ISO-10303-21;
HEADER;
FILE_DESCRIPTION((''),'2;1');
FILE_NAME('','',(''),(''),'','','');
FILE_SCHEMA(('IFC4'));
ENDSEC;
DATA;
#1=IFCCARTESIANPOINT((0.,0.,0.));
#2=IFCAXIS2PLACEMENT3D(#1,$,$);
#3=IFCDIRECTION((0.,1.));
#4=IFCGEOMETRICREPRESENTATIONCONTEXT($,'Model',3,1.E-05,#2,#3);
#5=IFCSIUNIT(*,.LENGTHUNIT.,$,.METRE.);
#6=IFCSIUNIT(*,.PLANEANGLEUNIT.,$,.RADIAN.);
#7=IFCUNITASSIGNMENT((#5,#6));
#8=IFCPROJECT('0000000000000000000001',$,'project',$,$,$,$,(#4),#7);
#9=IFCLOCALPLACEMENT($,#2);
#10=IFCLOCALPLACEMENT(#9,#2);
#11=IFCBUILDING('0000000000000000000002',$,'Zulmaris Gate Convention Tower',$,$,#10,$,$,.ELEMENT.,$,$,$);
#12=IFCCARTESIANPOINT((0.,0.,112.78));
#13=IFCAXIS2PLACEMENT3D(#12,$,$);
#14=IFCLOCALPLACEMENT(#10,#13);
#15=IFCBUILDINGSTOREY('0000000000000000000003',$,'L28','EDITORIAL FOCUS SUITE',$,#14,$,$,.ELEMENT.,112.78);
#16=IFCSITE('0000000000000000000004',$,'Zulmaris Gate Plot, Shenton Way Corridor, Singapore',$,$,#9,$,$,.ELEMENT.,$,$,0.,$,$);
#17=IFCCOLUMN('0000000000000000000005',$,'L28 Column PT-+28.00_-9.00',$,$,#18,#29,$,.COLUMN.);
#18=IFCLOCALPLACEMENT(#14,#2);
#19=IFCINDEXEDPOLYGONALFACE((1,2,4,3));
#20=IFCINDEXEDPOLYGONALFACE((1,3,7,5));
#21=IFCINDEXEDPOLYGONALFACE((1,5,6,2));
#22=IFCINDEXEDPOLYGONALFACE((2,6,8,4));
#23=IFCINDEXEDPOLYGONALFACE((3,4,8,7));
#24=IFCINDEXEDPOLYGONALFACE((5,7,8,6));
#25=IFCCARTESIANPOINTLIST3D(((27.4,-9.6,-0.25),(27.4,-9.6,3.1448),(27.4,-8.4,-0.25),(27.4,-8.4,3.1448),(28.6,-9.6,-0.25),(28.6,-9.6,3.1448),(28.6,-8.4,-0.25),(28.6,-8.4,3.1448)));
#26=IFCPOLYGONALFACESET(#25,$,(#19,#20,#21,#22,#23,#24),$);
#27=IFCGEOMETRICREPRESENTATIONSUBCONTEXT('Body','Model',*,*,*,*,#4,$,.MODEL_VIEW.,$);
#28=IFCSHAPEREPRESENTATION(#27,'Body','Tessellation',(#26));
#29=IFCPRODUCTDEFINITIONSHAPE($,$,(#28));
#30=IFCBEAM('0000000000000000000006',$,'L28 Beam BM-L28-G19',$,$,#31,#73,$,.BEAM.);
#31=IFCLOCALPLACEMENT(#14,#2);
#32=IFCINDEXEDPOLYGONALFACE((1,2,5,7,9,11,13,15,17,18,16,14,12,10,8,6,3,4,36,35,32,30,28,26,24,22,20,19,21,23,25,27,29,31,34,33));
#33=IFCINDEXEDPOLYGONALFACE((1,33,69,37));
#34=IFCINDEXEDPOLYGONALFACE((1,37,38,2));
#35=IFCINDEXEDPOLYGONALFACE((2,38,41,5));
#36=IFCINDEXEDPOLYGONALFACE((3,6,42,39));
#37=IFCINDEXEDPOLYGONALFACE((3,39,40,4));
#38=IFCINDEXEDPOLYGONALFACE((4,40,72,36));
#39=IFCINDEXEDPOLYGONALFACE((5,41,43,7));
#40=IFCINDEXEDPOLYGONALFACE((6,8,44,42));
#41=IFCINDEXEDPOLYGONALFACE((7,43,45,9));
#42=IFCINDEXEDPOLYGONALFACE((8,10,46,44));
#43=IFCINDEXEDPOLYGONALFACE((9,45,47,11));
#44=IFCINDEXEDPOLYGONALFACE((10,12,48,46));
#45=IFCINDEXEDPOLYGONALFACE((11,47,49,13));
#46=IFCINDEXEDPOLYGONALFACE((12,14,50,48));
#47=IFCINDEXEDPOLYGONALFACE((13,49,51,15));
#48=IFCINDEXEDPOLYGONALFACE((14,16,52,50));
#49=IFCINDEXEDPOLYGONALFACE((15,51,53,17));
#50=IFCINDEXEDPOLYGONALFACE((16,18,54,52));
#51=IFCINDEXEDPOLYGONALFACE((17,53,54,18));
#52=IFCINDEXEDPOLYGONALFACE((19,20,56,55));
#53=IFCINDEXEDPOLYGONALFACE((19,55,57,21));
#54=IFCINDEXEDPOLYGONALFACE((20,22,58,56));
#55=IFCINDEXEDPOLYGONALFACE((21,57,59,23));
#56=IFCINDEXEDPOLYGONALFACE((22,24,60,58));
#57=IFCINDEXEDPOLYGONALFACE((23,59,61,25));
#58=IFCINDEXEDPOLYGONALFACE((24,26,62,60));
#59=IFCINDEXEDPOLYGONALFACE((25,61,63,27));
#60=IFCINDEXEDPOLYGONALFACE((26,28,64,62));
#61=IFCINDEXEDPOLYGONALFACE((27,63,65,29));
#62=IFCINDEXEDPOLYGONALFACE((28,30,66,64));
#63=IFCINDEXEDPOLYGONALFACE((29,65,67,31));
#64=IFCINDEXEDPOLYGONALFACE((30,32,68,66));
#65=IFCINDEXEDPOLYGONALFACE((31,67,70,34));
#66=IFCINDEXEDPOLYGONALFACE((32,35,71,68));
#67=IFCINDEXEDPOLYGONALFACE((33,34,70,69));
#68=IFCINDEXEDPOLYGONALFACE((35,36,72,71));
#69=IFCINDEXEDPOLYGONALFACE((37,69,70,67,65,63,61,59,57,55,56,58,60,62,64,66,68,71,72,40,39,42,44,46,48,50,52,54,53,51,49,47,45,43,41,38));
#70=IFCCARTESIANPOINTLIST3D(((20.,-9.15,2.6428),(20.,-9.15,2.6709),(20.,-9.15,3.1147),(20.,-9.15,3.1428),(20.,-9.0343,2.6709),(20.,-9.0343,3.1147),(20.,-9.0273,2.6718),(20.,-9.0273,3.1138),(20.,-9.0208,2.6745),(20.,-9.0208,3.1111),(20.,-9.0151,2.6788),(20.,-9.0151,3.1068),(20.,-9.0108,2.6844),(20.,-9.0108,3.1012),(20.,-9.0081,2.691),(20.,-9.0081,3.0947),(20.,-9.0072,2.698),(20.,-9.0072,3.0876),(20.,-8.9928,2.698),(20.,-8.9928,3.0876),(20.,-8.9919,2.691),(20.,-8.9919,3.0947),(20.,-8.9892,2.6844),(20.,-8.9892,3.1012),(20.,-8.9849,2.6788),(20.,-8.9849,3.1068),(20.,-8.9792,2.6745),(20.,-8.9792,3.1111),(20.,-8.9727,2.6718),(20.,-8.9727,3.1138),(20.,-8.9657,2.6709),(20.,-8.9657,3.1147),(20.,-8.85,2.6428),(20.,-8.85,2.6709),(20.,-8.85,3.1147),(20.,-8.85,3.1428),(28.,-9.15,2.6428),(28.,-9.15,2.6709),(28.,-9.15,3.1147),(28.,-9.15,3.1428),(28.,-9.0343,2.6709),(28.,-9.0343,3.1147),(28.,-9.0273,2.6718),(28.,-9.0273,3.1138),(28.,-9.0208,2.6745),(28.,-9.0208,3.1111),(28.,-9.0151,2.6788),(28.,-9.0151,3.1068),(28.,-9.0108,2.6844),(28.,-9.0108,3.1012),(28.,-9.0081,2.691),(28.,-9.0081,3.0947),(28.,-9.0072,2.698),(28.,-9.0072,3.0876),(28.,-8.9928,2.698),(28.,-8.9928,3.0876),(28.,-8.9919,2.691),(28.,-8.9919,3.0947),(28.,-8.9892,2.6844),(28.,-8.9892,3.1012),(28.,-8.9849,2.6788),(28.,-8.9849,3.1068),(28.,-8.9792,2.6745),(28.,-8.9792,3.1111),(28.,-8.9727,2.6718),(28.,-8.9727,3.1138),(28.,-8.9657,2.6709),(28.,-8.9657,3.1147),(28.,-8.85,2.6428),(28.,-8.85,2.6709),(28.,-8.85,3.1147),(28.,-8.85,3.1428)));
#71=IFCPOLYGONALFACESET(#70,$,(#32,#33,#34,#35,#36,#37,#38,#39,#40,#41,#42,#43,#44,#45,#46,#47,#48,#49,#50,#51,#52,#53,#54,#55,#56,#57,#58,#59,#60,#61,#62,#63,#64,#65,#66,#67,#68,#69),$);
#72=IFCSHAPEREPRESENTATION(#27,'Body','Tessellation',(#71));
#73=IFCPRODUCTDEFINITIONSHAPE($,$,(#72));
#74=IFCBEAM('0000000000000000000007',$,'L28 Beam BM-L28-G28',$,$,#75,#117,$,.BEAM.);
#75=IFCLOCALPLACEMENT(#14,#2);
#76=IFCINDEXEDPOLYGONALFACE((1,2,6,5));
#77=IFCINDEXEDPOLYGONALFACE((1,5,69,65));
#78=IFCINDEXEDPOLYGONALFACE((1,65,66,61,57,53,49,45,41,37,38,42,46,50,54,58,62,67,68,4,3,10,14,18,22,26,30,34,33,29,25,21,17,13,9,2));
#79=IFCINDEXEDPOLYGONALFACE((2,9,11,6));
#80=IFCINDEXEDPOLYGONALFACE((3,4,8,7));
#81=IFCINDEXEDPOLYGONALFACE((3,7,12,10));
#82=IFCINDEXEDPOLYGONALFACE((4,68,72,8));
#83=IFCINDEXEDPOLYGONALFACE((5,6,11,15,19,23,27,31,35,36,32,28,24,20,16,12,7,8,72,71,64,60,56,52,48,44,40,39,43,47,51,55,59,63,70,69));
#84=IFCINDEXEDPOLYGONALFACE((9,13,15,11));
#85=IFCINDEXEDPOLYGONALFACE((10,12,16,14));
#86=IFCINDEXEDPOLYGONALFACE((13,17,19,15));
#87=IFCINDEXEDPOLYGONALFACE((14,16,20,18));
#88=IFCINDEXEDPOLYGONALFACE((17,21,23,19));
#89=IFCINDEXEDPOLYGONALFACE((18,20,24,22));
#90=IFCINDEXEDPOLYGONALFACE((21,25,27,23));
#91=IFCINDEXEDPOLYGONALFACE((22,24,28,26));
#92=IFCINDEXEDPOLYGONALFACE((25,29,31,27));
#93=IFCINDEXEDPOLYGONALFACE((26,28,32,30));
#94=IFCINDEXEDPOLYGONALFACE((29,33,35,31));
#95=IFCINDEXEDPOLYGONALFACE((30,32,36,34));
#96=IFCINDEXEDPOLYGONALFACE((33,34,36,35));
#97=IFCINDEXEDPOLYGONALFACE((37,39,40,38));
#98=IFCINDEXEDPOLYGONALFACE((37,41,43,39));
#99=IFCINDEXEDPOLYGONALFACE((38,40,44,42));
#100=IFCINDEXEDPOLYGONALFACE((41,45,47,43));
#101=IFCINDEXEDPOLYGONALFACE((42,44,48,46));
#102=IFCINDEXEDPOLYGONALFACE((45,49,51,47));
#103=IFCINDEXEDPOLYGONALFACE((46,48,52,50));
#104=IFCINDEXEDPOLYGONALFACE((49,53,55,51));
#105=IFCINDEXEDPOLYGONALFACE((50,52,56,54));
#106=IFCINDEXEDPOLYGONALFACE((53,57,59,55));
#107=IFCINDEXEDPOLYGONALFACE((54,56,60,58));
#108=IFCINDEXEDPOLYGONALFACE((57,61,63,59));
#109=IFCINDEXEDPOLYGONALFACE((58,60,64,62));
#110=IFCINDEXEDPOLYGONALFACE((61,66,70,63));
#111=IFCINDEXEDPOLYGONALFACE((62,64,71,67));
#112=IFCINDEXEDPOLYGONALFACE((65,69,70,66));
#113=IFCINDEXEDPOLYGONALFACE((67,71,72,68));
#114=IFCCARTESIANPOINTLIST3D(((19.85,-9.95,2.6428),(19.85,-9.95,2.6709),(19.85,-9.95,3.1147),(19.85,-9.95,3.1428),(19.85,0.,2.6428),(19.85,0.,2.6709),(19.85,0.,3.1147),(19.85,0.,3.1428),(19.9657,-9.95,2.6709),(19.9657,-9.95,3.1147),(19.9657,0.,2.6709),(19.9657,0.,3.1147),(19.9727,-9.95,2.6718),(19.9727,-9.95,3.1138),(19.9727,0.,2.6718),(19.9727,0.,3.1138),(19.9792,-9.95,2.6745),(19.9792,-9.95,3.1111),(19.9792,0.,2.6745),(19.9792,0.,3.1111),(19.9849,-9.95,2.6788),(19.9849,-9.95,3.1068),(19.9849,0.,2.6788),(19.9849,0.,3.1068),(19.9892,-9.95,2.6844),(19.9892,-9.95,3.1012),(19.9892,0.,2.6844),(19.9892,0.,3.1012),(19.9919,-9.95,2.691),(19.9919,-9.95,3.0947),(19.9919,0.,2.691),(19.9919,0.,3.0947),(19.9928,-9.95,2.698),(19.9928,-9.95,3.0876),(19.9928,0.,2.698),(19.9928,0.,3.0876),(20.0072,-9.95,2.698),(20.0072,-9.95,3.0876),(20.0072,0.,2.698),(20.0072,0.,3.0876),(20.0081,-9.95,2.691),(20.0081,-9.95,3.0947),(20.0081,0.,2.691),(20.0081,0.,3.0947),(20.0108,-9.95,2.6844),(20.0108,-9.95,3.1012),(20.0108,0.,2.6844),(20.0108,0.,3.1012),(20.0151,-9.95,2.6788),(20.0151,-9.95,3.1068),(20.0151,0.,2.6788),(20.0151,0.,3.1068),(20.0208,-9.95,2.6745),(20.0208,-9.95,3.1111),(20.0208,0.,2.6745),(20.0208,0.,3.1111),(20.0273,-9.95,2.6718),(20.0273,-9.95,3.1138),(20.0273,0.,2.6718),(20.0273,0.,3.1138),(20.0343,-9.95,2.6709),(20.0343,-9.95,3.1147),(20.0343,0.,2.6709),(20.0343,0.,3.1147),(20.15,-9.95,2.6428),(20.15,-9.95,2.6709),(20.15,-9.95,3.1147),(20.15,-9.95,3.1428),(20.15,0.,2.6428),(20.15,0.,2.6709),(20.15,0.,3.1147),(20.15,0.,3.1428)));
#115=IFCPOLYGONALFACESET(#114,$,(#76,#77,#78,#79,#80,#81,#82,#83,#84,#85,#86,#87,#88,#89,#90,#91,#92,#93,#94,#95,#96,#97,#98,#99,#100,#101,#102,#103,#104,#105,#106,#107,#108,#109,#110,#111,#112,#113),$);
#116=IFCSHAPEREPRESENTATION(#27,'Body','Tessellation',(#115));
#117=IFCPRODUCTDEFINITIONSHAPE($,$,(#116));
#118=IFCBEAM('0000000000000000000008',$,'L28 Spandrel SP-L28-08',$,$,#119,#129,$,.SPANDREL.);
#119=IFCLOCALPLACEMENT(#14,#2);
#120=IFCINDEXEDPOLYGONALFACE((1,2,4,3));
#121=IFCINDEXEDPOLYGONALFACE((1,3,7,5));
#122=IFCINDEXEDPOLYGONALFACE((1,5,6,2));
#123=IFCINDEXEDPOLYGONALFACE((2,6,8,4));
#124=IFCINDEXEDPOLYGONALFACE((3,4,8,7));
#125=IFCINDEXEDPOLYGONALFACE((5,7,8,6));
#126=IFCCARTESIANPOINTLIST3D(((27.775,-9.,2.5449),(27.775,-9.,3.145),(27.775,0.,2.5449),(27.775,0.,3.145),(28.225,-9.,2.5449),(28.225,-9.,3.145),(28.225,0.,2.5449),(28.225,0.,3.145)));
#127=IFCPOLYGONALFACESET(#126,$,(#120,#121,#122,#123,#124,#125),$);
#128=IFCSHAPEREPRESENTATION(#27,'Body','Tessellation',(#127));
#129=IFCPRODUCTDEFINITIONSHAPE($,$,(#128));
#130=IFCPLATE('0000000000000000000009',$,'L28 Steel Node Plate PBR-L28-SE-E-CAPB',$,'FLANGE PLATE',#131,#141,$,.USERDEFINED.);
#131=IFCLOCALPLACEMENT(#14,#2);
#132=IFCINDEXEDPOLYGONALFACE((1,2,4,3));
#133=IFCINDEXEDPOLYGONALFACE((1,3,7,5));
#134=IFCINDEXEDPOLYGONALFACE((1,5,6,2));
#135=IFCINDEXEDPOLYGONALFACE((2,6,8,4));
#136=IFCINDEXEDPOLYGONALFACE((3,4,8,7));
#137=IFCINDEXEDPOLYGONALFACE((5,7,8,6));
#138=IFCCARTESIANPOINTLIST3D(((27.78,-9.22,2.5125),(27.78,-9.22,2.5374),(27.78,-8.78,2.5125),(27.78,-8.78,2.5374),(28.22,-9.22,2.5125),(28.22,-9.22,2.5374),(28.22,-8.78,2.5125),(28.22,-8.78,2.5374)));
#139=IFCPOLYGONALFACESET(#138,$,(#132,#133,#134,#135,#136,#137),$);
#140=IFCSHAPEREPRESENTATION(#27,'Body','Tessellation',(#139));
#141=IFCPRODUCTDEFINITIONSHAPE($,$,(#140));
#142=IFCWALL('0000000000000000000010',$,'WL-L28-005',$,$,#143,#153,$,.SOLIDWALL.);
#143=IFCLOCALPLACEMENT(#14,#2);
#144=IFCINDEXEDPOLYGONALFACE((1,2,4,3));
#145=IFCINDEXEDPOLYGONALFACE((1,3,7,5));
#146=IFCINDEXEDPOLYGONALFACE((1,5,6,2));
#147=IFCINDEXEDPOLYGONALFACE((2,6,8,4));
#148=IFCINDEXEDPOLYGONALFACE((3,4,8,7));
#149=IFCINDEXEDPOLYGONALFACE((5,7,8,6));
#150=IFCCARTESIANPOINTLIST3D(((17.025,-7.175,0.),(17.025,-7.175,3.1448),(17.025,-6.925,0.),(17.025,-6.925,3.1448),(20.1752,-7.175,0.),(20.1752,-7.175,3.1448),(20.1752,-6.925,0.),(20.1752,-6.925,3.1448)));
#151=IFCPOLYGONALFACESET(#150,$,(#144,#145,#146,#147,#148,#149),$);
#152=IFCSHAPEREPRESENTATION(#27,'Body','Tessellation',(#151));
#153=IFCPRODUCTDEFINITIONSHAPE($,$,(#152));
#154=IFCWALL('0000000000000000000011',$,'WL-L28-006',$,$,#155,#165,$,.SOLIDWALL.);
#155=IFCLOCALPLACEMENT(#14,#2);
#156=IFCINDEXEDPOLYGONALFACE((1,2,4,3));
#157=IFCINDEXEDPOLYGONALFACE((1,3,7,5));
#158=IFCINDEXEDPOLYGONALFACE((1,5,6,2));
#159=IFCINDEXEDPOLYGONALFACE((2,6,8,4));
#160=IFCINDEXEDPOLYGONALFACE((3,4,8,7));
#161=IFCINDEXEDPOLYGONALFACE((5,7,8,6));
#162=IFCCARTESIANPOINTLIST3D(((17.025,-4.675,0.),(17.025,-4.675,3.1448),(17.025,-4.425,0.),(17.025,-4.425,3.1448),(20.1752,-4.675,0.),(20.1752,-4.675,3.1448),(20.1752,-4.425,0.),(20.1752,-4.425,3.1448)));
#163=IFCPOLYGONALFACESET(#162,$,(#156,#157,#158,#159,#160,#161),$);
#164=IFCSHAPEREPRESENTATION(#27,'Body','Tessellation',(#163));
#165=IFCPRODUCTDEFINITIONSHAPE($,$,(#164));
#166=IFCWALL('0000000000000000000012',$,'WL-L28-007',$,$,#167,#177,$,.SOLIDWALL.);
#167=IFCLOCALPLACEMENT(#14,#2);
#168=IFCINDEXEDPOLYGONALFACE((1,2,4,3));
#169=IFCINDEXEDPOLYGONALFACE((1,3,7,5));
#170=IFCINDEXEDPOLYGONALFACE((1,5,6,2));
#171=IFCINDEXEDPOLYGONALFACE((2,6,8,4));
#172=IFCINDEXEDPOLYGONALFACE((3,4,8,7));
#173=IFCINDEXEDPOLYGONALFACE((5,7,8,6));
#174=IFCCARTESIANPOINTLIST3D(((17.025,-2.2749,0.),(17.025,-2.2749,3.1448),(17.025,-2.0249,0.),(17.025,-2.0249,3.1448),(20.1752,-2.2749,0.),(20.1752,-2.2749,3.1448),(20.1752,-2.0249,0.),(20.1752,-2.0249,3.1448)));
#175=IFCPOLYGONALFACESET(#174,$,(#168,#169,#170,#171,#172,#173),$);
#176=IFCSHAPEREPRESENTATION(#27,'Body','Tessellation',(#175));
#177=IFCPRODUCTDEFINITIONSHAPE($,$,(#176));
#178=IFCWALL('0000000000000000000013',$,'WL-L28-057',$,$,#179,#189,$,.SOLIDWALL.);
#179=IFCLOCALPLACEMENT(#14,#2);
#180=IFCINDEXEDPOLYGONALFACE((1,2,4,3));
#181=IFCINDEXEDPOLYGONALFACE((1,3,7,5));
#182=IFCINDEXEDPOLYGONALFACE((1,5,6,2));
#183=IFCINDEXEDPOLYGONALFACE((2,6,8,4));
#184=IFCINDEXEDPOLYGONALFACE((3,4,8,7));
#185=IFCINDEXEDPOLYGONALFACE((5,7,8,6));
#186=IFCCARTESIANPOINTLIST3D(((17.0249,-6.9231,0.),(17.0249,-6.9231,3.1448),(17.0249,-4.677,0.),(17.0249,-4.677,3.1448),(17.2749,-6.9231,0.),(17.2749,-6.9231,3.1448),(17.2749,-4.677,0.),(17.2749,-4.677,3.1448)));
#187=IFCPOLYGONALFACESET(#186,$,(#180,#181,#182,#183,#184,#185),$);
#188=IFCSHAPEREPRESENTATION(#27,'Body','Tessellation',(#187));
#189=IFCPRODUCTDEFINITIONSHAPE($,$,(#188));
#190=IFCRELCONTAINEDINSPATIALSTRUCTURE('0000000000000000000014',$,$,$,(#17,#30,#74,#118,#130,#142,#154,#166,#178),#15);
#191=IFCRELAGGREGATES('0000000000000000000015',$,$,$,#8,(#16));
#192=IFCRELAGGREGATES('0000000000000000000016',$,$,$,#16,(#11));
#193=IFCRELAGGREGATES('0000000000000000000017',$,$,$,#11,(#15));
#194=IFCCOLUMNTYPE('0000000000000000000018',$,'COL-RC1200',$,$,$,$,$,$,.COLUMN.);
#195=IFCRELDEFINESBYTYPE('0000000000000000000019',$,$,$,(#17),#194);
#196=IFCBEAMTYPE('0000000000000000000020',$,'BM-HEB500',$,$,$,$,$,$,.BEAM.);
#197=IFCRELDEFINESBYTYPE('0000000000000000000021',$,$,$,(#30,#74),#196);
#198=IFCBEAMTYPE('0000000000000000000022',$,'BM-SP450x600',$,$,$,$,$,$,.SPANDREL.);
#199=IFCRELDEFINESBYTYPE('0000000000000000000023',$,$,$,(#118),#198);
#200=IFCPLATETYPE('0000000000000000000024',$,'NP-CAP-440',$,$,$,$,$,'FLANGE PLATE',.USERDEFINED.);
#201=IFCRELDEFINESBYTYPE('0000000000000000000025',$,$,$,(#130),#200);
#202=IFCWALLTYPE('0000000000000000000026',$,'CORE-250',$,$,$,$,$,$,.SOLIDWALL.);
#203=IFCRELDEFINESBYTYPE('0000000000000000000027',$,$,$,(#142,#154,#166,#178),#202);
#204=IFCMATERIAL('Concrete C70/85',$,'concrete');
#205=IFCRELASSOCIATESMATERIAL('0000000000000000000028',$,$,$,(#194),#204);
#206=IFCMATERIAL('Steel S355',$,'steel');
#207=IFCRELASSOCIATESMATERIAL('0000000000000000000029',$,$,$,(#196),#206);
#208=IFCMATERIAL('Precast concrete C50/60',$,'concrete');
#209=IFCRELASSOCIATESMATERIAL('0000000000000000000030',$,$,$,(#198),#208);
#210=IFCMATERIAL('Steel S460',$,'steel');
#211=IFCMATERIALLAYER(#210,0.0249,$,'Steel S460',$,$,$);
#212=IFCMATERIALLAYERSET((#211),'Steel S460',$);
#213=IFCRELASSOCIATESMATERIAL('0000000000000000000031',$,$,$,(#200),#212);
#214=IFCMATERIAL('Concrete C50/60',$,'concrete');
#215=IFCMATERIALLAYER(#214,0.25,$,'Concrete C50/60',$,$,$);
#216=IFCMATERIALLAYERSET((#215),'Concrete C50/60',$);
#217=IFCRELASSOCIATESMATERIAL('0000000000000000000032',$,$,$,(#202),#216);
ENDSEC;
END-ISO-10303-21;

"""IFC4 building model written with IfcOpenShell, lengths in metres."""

from ifc_helpers import new_model, si_unit, direction, frame, frame_2d, origin, origin_2d, place, context, subcontext, project, spatial, rectangle, i_section, extrude, material, layer, layer_set, material_profile, profile_set, type_object, element, save


model = new_model("IFC4")

# Units and contexts
model_context = context("Model", 3, precision=1e-05, world=origin(), true_north=direction((0.0, 1.0)))
body_context = subcontext(model_context, "Body", "Model", "MODEL_VIEW")
ifc_project = project(units=[si_unit("LENGTHUNIT", "METRE"), si_unit("PLANEANGLEUNIT", "RADIAN")], contexts=[model_context])

# Site, building, storey
site_placement = place(None, origin())
site = spatial("IfcSite", under=ifc_project, at=site_placement, Name="Zulmaris Gate Plot, Shenton Way Corridor, Singapore", CompositionType="ELEMENT", RefElevation=0.0)
building_placement = place(site_placement, origin())
building = spatial("IfcBuilding", under=site, at=building_placement, Name="Zulmaris Gate Convention Tower", CompositionType="ELEMENT")
storey_placement = place(building_placement, frame((0.0, 0.0, 112.78)))
storey = spatial("IfcBuildingStorey", under=building, at=storey_placement, Name="L28", Description="EDITORIAL FOCUS SUITE", CompositionType="ELEMENT", Elevation=112.78)

# Column
ifc_material_1 = material(Name="Concrete C70/85", Category="concrete")
ifc_material_profile_1 = material_profile(ifc_material_1, rectangle(XDim=1.2, YDim=1.2, at=origin_2d()), Name="RC COL 1200x1200")
ifc_profile_set_1 = profile_set([ifc_material_profile_1], Name="Concrete C70/85")
column_type = type_object("IfcColumnType", Name="COL-RC1200", PredefinedType="COLUMN", material=ifc_profile_set_1)
column_placement = place(storey_placement, frame((28.0, -9.0, -0.25), z_axis=(0.0, 0.0, 1.0), x_axis=(1.0, 0.0, 0.0)))
element("IfcColumn", 1, at=column_placement, inside=storey, type_object=column_type, Name="L28 Column PT-+28.00_-9.00", PredefinedType="COLUMN", context=body_context, shape_type="SweptSolid", body=[
    extrude(rectangle(XDim=1.2, YDim=1.2, at=origin_2d()), origin(), (0.0, 0.0, 1.0), 3.3948),
])

# Beams
ifc_material_2 = material(Name="Steel S355", Category="steel")
ifc_material_profile_2 = material_profile(ifc_material_2, i_section(OverallWidth=0.3, OverallDepth=0.5, WebThickness=0.0144, FlangeThickness=0.0281, FilletRadius=0.0271, at=origin_2d()), Name="HEB 500")
ifc_profile_set_2 = profile_set([ifc_material_profile_2], Name="Steel S355")
beam_type_1 = type_object("IfcBeamType", Name="BM-HEB500", PredefinedType="BEAM", material=ifc_profile_set_2)
beam_1_placement = place(storey_placement, frame((20.0, -9.0, 2.8928), z_axis=(1.0, 0.0, 0.0), x_axis=(0.0, 1.0, 0.0)))
element("IfcBeam", 2, at=beam_1_placement, inside=storey, type_object=beam_type_1, Name="L28 Beam BM-L28-G19", PredefinedType="BEAM", context=body_context, shape_type="SweptSolid", body=[
    extrude(i_section(OverallWidth=0.3, OverallDepth=0.5, WebThickness=0.0144, FlangeThickness=0.0281, FilletRadius=0.0271, at=origin_2d()), origin(), (0.0, 0.0, 1.0), 8.0),
])
beam_2_placement = place(storey_placement, frame((20.0, -9.95, 2.8928), z_axis=(0.0, 1.0, 0.0), x_axis=(-1.0, 0.0, 0.0)))
element("IfcBeam", 3, at=beam_2_placement, inside=storey, type_object=beam_type_1, Name="L28 Beam BM-L28-G28", PredefinedType="BEAM", context=body_context, shape_type="SweptSolid", body=[
    extrude(i_section(OverallWidth=0.3, OverallDepth=0.5, WebThickness=0.0144, FlangeThickness=0.0281, FilletRadius=0.0271, at=origin_2d()), origin(), (0.0, 0.0, 1.0), 9.95),
])
ifc_material_3 = material(Name="Precast concrete C50/60", Category="concrete")
ifc_material_profile_3 = material_profile(ifc_material_3, rectangle(XDim=0.45, YDim=0.6001, at=origin_2d()), Name="RC SPANDREL 450x600")
ifc_profile_set_3 = profile_set([ifc_material_profile_3], Name="Precast concrete C50/60")
beam_type_2 = type_object("IfcBeamType", Name="BM-SP450x600", PredefinedType="SPANDREL", material=ifc_profile_set_3)
beam_3_placement = place(storey_placement, frame((28.0, -9.0, 2.845), z_axis=(0.0, 1.0, 0.0), x_axis=(-1.0, 0.0, 0.0)))
element("IfcBeam", 4, at=beam_3_placement, inside=storey, type_object=beam_type_2, Name="L28 Spandrel SP-L28-08", PredefinedType="SPANDREL", context=body_context, shape_type="SweptSolid", body=[
    extrude(rectangle(XDim=0.45, YDim=0.6001, at=origin_2d()), origin(), (0.0, 0.0, 1.0), 9.0),
])

# Plate
ifc_material_4 = material(Name="Steel S460", Category="steel")
ifc_layer_1 = layer(ifc_material_4, 0.0249, Name="Steel S460")
ifc_layer_set_1 = layer_set([ifc_layer_1], Name="Steel S460")
plate_type = type_object("IfcPlateType", Name="NP-CAP-440", ElementType="FLANGE PLATE", PredefinedType="USERDEFINED", material=ifc_layer_set_1)
plate_placement = place(storey_placement, frame((28.0, -9.0, 2.5125), z_axis=(0.0, 0.0, 1.0), x_axis=(1.0, 0.0, 0.0)))
element("IfcPlate", 5, at=plate_placement, inside=storey, type_object=plate_type, Name="L28 Steel Node Plate PBR-L28-SE-E-CAPB", ObjectType="FLANGE PLATE", PredefinedType="USERDEFINED", context=body_context, shape_type="SweptSolid", body=[
    extrude(rectangle(XDim=0.4399, YDim=0.4399, at=origin_2d()), origin(), (0.0, 0.0, 1.0), 0.0249),
])

# Walls
ifc_material_5 = material(Name="Concrete C50/60", Category="concrete")
ifc_layer_2 = layer(ifc_material_5, 0.25, Name="Concrete C50/60")
ifc_layer_set_2 = layer_set([ifc_layer_2], Name="Concrete C50/60")
wall_type_1 = type_object("IfcWallType", Name="CORE-250", PredefinedType="SOLIDWALL", material=ifc_layer_set_2)
for number, where, z_axis, x_axis, name in (
    (6, (17.0249, -7.05, 0.0), (0.0, 0.0, 1.0), (1.0, 0.0, 0.0), "WL-L28-005"),
    (7, (17.0249, -4.55, 0.0), (0.0, 0.0, 1.0), (1.0, 0.0, 0.0), "WL-L28-006"),
    (8, (17.0249, -2.1499, 0.0), (0.0, 0.0, 1.0), (1.0, 0.0, 0.0), "WL-L28-007"),
):
    element("IfcWall", number, at=place(storey_placement, frame(where, z_axis=z_axis, x_axis=x_axis)), inside=storey, type_object=wall_type_1, Name=name, PredefinedType="SOLIDWALL", context=body_context, shape_type="SweptSolid", body=[
        extrude(rectangle(XDim=3.1501, YDim=0.25, at=frame_2d((1.5752, 0.0))), origin(), (0.0, 0.0, 1.0), 3.1448),
    ])
wall_1_placement = place(storey_placement, frame((17.1499, -6.9231, 0.0), z_axis=(0.0, 0.0, 1.0), x_axis=(0.0, 1.0, 0.0)))
element("IfcWall", 9, at=wall_1_placement, inside=storey, type_object=wall_type_1, Name="WL-L28-057", PredefinedType="SOLIDWALL", context=body_context, shape_type="SweptSolid", body=[
    extrude(rectangle(XDim=2.2461, YDim=0.25, at=frame_2d((1.123, 0.0))), origin(), (0.0, 0.0, 1.0), 3.1448),
])

save(model, "model.ifc")
